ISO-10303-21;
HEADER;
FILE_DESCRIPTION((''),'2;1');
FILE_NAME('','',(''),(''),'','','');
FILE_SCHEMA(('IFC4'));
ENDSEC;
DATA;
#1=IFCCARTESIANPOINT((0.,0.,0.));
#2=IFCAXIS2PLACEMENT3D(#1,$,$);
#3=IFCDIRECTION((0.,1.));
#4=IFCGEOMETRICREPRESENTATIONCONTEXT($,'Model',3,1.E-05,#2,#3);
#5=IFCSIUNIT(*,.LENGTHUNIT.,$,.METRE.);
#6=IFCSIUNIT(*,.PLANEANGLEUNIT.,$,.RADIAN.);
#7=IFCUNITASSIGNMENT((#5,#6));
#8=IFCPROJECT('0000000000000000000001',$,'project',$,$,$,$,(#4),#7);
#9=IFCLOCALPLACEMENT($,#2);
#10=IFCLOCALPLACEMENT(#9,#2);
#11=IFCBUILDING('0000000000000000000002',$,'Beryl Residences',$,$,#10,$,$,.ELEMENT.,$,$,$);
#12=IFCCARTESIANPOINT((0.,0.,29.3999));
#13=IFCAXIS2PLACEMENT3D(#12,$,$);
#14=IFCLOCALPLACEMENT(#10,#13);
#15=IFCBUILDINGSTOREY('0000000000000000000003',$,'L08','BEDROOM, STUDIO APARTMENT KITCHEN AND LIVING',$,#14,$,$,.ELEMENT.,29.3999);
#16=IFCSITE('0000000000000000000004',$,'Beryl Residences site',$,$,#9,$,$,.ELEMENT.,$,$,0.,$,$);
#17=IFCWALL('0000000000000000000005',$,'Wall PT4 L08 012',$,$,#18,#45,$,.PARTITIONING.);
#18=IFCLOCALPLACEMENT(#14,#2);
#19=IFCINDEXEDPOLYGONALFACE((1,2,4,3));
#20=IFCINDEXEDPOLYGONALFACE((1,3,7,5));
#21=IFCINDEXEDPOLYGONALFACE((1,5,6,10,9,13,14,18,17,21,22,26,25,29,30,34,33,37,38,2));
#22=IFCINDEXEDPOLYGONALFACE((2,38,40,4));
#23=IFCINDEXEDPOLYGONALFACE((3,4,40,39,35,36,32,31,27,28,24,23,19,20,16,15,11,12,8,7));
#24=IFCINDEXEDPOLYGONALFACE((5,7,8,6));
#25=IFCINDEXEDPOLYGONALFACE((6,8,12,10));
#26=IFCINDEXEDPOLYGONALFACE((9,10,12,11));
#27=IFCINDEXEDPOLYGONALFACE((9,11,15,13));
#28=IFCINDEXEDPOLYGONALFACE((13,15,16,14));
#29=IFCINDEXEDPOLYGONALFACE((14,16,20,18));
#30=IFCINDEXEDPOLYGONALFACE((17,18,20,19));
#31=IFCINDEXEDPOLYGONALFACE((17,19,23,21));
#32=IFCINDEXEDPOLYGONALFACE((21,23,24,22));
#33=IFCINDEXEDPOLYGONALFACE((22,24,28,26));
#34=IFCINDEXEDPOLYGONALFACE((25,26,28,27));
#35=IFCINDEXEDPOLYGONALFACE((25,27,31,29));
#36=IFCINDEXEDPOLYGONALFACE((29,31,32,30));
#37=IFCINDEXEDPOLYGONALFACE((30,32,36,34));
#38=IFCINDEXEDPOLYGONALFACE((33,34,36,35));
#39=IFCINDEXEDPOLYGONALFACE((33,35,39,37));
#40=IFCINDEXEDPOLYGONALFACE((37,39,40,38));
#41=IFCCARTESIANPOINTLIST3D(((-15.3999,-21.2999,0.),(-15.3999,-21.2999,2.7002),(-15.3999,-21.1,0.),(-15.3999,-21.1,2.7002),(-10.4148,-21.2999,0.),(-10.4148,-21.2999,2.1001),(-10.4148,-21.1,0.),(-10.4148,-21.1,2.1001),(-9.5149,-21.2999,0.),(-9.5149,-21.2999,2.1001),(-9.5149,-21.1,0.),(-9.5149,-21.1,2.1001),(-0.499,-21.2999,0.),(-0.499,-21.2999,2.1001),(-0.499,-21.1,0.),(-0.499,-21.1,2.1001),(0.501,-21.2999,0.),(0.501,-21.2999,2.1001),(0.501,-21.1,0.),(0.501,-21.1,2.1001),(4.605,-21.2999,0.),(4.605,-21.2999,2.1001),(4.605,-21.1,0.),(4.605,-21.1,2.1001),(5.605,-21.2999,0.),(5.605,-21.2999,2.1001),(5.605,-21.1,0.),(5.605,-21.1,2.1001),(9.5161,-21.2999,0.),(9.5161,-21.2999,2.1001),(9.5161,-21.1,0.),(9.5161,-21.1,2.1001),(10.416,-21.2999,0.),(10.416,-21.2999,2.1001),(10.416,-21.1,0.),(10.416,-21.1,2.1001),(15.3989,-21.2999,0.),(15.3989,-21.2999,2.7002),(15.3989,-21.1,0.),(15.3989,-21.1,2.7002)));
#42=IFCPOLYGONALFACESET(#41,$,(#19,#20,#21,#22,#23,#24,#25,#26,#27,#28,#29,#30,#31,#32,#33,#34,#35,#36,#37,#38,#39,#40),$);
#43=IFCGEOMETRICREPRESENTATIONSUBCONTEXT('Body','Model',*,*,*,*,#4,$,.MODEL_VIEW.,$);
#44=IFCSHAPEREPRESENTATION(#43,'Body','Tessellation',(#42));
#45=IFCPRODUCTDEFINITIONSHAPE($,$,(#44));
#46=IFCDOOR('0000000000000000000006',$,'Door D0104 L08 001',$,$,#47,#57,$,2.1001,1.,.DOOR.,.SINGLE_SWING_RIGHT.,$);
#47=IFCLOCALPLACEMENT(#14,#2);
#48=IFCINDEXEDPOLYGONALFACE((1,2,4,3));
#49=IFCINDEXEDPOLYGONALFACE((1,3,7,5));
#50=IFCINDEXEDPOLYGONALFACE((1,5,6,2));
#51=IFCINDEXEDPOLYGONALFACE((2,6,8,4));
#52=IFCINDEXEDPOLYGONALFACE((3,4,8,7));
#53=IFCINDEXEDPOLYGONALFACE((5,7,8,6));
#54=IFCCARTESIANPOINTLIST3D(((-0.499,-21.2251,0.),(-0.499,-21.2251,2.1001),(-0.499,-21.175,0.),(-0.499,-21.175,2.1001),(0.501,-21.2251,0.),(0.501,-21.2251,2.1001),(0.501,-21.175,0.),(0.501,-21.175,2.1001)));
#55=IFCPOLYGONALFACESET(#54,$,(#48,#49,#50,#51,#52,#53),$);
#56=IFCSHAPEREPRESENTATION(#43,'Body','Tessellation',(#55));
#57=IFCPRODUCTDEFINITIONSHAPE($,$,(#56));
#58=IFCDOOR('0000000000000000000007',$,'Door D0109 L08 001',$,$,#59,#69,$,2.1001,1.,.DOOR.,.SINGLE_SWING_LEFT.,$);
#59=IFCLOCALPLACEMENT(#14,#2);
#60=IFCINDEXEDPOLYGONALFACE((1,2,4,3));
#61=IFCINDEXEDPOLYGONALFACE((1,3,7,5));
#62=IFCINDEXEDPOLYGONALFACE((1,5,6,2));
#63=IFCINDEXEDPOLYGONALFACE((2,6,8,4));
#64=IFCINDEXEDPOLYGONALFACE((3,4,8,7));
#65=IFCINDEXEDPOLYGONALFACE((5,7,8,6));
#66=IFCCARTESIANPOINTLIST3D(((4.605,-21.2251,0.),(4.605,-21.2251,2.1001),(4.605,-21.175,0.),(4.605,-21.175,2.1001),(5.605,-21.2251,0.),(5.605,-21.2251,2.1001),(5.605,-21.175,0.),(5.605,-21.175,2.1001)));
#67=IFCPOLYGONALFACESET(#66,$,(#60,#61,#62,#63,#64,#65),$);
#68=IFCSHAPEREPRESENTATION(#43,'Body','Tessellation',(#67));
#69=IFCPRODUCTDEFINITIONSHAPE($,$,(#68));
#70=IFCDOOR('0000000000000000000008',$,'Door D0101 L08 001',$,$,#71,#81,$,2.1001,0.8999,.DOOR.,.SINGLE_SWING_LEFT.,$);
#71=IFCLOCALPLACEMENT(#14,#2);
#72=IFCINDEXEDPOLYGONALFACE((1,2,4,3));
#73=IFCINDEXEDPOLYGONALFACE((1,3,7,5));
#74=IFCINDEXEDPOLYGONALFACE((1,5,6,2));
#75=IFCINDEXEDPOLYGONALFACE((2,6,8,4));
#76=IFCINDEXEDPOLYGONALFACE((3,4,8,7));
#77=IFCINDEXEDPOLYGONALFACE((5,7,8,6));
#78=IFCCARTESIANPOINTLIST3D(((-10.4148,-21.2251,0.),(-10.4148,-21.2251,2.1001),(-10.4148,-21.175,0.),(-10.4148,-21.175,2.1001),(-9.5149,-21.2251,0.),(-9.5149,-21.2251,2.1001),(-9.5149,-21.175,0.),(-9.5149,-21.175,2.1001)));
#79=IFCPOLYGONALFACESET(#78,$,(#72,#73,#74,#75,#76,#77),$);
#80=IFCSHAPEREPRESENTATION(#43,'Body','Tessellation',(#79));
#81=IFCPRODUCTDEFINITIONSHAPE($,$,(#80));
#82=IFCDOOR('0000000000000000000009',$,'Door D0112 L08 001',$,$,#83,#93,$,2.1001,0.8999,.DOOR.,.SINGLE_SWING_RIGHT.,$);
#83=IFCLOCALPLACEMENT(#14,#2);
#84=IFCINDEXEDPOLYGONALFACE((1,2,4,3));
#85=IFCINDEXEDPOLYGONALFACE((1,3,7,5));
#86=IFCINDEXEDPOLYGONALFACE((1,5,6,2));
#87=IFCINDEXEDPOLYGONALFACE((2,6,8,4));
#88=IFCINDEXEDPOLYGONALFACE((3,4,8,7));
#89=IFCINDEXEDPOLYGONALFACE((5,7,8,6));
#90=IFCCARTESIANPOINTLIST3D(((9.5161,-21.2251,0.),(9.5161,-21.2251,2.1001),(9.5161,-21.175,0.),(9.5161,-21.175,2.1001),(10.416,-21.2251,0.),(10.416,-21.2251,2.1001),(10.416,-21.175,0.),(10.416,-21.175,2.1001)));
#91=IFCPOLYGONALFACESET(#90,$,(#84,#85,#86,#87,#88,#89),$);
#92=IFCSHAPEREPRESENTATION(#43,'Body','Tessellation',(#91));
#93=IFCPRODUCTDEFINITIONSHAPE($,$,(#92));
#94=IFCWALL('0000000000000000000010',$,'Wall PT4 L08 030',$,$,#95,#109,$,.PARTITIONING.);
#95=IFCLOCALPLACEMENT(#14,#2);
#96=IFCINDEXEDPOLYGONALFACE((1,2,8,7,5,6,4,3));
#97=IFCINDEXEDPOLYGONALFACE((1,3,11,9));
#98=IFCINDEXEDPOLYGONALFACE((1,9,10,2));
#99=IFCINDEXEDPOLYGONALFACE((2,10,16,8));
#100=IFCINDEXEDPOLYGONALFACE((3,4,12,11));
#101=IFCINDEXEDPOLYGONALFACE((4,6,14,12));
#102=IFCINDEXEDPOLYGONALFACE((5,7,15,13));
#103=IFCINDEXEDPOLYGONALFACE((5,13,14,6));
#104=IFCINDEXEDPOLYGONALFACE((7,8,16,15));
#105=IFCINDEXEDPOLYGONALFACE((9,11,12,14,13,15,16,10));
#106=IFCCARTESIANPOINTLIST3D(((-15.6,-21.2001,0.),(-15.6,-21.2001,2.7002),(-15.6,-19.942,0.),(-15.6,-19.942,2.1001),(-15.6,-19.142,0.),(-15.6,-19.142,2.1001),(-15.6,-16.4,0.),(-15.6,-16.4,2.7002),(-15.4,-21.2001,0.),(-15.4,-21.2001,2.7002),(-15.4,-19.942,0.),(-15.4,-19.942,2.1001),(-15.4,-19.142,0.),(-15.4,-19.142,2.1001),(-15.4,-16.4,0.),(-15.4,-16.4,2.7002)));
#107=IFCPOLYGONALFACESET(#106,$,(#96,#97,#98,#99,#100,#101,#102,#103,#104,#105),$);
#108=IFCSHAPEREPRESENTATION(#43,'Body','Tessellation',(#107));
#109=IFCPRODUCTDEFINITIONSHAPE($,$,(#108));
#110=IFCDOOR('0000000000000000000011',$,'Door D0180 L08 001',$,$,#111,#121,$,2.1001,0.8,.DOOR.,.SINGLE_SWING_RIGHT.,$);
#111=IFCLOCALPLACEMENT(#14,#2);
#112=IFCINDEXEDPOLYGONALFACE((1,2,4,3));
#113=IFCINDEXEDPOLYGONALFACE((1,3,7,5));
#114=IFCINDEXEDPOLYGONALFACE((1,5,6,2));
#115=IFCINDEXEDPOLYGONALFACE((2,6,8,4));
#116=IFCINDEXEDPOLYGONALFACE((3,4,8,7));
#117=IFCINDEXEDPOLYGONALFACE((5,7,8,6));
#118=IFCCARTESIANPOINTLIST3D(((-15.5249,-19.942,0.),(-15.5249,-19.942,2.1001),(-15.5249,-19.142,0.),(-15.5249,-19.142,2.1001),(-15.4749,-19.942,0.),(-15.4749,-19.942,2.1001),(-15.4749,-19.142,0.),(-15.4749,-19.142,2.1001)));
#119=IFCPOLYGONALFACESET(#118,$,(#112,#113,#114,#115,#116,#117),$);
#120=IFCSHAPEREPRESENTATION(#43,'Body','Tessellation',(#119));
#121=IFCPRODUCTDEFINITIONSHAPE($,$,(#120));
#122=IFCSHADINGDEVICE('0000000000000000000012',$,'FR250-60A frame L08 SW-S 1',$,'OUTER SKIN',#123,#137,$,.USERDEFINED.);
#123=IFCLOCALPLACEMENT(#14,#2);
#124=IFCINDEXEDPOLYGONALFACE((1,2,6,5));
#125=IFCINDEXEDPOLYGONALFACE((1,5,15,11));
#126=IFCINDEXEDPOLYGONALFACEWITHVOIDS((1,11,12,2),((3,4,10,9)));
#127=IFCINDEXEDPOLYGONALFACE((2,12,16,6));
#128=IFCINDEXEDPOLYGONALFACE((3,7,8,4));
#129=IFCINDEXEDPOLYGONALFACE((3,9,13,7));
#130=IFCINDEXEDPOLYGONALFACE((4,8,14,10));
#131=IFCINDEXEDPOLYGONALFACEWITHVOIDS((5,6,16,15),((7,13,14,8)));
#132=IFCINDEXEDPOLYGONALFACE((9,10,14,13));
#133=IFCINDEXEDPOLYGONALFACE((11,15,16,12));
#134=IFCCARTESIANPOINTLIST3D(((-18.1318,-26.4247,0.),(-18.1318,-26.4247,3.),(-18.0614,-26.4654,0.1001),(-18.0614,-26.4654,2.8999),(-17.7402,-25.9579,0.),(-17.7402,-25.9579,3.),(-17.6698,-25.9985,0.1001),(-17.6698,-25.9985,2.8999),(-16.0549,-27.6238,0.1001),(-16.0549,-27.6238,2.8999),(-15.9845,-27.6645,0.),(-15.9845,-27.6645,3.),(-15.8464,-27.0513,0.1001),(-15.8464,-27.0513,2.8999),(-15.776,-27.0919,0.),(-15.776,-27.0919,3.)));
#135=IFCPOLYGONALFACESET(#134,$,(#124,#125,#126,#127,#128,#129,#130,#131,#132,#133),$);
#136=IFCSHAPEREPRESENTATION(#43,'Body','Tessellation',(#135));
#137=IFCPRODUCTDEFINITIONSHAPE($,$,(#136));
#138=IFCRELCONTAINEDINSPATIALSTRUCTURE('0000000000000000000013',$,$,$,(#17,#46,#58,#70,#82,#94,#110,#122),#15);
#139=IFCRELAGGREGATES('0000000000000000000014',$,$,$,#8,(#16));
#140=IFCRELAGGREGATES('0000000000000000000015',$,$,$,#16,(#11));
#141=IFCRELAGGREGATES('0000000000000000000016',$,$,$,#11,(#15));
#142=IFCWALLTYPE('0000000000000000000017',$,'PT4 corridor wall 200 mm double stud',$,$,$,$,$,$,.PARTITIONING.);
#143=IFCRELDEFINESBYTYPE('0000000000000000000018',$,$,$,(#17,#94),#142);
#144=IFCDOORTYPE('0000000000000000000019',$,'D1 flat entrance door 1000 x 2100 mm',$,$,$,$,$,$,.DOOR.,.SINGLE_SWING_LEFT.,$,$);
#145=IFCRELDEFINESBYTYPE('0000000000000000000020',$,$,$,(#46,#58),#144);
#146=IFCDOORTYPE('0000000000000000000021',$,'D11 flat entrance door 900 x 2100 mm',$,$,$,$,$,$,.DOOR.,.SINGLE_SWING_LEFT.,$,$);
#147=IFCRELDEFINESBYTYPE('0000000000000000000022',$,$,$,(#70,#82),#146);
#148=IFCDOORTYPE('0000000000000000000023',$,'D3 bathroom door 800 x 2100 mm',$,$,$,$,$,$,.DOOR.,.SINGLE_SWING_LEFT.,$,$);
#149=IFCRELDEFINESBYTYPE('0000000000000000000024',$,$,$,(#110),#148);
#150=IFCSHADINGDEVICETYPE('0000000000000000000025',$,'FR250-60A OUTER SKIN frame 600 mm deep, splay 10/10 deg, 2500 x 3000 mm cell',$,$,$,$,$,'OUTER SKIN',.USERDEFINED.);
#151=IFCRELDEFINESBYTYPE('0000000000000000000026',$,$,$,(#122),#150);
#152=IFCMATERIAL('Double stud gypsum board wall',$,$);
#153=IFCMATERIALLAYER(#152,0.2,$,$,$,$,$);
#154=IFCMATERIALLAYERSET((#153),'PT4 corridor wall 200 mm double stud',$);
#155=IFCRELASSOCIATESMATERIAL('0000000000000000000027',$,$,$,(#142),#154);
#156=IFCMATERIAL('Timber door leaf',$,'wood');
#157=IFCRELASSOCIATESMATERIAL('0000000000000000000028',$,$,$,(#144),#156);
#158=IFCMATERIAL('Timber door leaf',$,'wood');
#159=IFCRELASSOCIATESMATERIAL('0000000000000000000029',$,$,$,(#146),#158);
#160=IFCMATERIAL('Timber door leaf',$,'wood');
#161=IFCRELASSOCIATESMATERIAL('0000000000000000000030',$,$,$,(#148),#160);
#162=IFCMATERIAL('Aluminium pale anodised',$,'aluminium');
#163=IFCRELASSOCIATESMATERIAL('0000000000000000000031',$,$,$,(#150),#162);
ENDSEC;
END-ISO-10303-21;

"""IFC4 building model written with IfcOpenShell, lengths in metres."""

from ifc_helpers import new_model, entity, si_unit, direction, frame, frame_2d, origin, place, context, subcontext, project, spatial, rectangle, extrude, source, transform, mapped, material, layer, layer_set, type_object, type_shapes, element, fill, save


model = new_model("IFC4")

# Units and contexts
model_context = context("Model", 3, precision=1e-05, world=origin(), true_north=direction((0.0, 1.0)))
body_context = subcontext(model_context, "Body", "Model", "MODEL_VIEW")
ifc_project = project(units=[si_unit("LENGTHUNIT", "METRE"), si_unit("PLANEANGLEUNIT", "RADIAN")], contexts=[model_context])

# Site, building, storey
site_placement = place(None, origin())
site = spatial("IfcSite", under=ifc_project, at=site_placement, Name="Beryl Residences site", CompositionType="ELEMENT", RefElevation=0.0)
building_placement = place(site_placement, origin())
building = spatial("IfcBuilding", under=site, at=building_placement, Name="Beryl Residences", CompositionType="ELEMENT")
storey_placement = place(building_placement, frame((0.0, 0.0, 29.3999)))
storey = spatial("IfcBuildingStorey", under=building, at=storey_placement, Name="L08", Description="BEDROOM, STUDIO APARTMENT KITCHEN AND LIVING", CompositionType="ELEMENT", Elevation=29.3999)

# Wall, openings, doors
ifc_material_1 = material(Name="Double stud gypsum board wall")
ifc_layer_1 = layer(ifc_material_1, 0.2)
ifc_layer_set_1 = layer_set([ifc_layer_1], Name="PT4 corridor wall 200 mm double stud")
wall_type_1 = type_object("IfcWallType", Name="PT4 corridor wall 200 mm double stud", PredefinedType="PARTITIONING", material=ifc_layer_set_1)
wall_1_placement = place(storey_placement, frame((-15.3999, -21.2, 0.0), z_axis=(0.0, 0.0, 1.0), x_axis=(1.0, 0.0, 0.0)))
wall_1 = element("IfcWall", 1, at=wall_1_placement, inside=storey, type_object=wall_type_1, Name="Wall PT4 L08 012", PredefinedType="PARTITIONING", context=body_context, shape_type="SweptSolid", body=[
    extrude(rectangle(XDim=30.7988, YDim=0.2, at=frame_2d((15.3994, 0.0))), origin(), (0.0, 0.0, 1.0), 2.7002),
])
opening_1_placement = place(wall_1_placement, frame((4.9851, 0.0, 0.0)))
opening_1 = element("IfcOpeningElement", 2, at=opening_1_placement, cuts=wall_1, PredefinedType="OPENING", context=body_context, shape_type="SweptSolid", body=[
    extrude(rectangle(XDim=0.8999, YDim=2.1001, at=frame_2d((0.45, 1.05))), frame((0.0, 0.1099, 0.0), z_axis=(0.0, -1.0, 0.0), x_axis=(1.0, 0.0, 0.0)), (0.0, 0.0, 1.0), 0.22),
])
opening_2_placement = place(wall_1_placement, frame((14.9009, 0.0, 0.0)))
opening_2 = element("IfcOpeningElement", 3, at=opening_2_placement, cuts=wall_1, PredefinedType="OPENING", context=body_context, shape_type="SweptSolid", body=[
    extrude(rectangle(XDim=1.0, YDim=2.1001, at=frame_2d((0.5, 1.05))), frame((0.0, 0.1099, 0.0), z_axis=(0.0, -1.0, 0.0), x_axis=(1.0, 0.0, 0.0)), (0.0, 0.0, 1.0), 0.22),
])
opening_3_placement = place(wall_1_placement, frame((20.0049, 0.0, 0.0)))
opening_3 = element("IfcOpeningElement", 4, at=opening_3_placement, cuts=wall_1, PredefinedType="OPENING", context=body_context, shape_type="SweptSolid", body=[
    extrude(rectangle(XDim=1.0, YDim=2.1001, at=frame_2d((0.5, 1.05))), frame((0.0, 0.1099, 0.0), z_axis=(0.0, -1.0, 0.0), x_axis=(1.0, 0.0, 0.0)), (0.0, 0.0, 1.0), 0.22),
])
opening_4_placement = place(wall_1_placement, frame((24.916, 0.0, 0.0)))
opening_4 = element("IfcOpeningElement", 5, at=opening_4_placement, cuts=wall_1, PredefinedType="OPENING", context=body_context, shape_type="SweptSolid", body=[
    extrude(rectangle(XDim=0.8999, YDim=2.1001, at=frame_2d((0.45, 1.05))), frame((0.0, 0.1099, 0.0), z_axis=(0.0, -1.0, 0.0), x_axis=(1.0, 0.0, 0.0)), (0.0, 0.0, 1.0), 0.22),
])
ifc_material_2 = material(Name="Timber door leaf", Category="wood")
door_type_1 = type_object("IfcDoorType", Name="D1 flat entrance door 1000 x 2100 mm", OperationType="SINGLE_SWING_LEFT", PredefinedType="DOOR", material=ifc_material_2)
door_1_placement = place(opening_2_placement, origin())
door_1 = element("IfcDoor", 6, at=door_1_placement, inside=storey, type_object=door_type_1, Name="Door D0104 L08 001", OperationType="SINGLE_SWING_RIGHT", OverallHeight=2.1001, OverallWidth=1.0, PredefinedType="DOOR", context=body_context, shape_type="SweptSolid", body=[
    extrude(rectangle(XDim=1.0, YDim=2.1001, at=frame_2d((0.5, 1.05))), frame((0.0, 0.0249, 0.0), z_axis=(0.0, -1.0, 0.0), x_axis=(1.0, 0.0, 0.0)), (0.0, 0.0, 1.0), 0.05),
])
fill(opening_2, door_1)
door_2_placement = place(opening_3_placement, origin())
door_2 = element("IfcDoor", 7, at=door_2_placement, inside=storey, type_object=door_type_1, Name="Door D0109 L08 001", OperationType="SINGLE_SWING_LEFT", OverallHeight=2.1001, OverallWidth=1.0, PredefinedType="DOOR", context=body_context, shape_type="SweptSolid", body=[
    extrude(rectangle(XDim=1.0, YDim=2.1001, at=frame_2d((0.5, 1.05))), frame((0.0, 0.0249, 0.0), z_axis=(0.0, -1.0, 0.0), x_axis=(1.0, 0.0, 0.0)), (0.0, 0.0, 1.0), 0.05),
])
fill(opening_3, door_2)
ifc_material_3 = material(Name="Timber door leaf", Category="wood")
door_type_2 = type_object("IfcDoorType", Name="D11 flat entrance door 900 x 2100 mm", OperationType="SINGLE_SWING_LEFT", PredefinedType="DOOR", material=ifc_material_3)
door_3_placement = place(opening_1_placement, origin())
door_3 = element("IfcDoor", 8, at=door_3_placement, inside=storey, type_object=door_type_2, Name="Door D0101 L08 001", OperationType="SINGLE_SWING_LEFT", OverallHeight=2.1001, OverallWidth=0.8999, PredefinedType="DOOR", context=body_context, shape_type="SweptSolid", body=[
    extrude(rectangle(XDim=0.8999, YDim=2.1001, at=frame_2d((0.45, 1.05))), frame((0.0, 0.0249, 0.0), z_axis=(0.0, -1.0, 0.0), x_axis=(1.0, 0.0, 0.0)), (0.0, 0.0, 1.0), 0.05),
])
fill(opening_1, door_3)
door_4_placement = place(opening_4_placement, origin())
door_4 = element("IfcDoor", 9, at=door_4_placement, inside=storey, type_object=door_type_2, Name="Door D0112 L08 001", OperationType="SINGLE_SWING_RIGHT", OverallHeight=2.1001, OverallWidth=0.8999, PredefinedType="DOOR", context=body_context, shape_type="SweptSolid", body=[
    extrude(rectangle(XDim=0.8999, YDim=2.1001, at=frame_2d((0.45, 1.05))), frame((0.0, 0.0249, 0.0), z_axis=(0.0, -1.0, 0.0), x_axis=(1.0, 0.0, 0.0)), (0.0, 0.0, 1.0), 0.05),
])
fill(opening_4, door_4)

# Wall, opening, door
wall_2_placement = place(storey_placement, frame((-15.5, -21.2, 0.0), z_axis=(0.0, 0.0, 1.0), x_axis=(0.0, 1.0, 0.0)))
wall_2 = element("IfcWall", 10, at=wall_2_placement, inside=storey, type_object=wall_type_1, Name="Wall PT4 L08 030", PredefinedType="PARTITIONING", context=body_context, shape_type="SweptSolid", body=[
    extrude(rectangle(XDim=4.8, YDim=0.2, at=frame_2d((2.3999, 0.0))), origin(), (0.0, 0.0, 1.0), 2.7002),
])
opening_5_placement = place(wall_2_placement, frame((1.2581, 0.0, 0.0)))
opening_5 = element("IfcOpeningElement", 11, at=opening_5_placement, cuts=wall_2, PredefinedType="OPENING", context=body_context, shape_type="SweptSolid", body=[
    extrude(rectangle(XDim=0.8, YDim=2.1001, at=frame_2d((0.3999, 1.05))), frame((0.0, 0.1099, 0.0), z_axis=(0.0, -1.0, 0.0), x_axis=(1.0, 0.0, 0.0)), (0.0, 0.0, 1.0), 0.22),
])
ifc_material_4 = material(Name="Timber door leaf", Category="wood")
door_type_3 = type_object("IfcDoorType", Name="D3 bathroom door 800 x 2100 mm", OperationType="SINGLE_SWING_LEFT", PredefinedType="DOOR", material=ifc_material_4)
door_5_placement = place(opening_5_placement, origin())
door_5 = element("IfcDoor", 12, at=door_5_placement, inside=storey, type_object=door_type_3, Name="Door D0180 L08 001", OperationType="SINGLE_SWING_RIGHT", OverallHeight=2.1001, OverallWidth=0.8, PredefinedType="DOOR", context=body_context, shape_type="SweptSolid", body=[
    extrude(rectangle(XDim=0.8, YDim=2.1001, at=frame_2d((0.3999, 1.05))), frame((0.0, 0.0249, 0.0), z_axis=(0.0, -1.0, 0.0), x_axis=(1.0, 0.0, 0.0)), (0.0, 0.0, 1.0), 0.05),
])
fill(opening_5, door_5)

# Shading device
ifc_material_5 = material(Name="Aluminium pale anodised", Category="aluminium")
shading_device_type_1 = type_object("IfcShadingDeviceType", Name="FR250-60A OUTER SKIN frame 600 mm deep, splay 10/10 deg, 2500 x 3000 mm cell", ElementType="OUTER SKIN", PredefinedType="USERDEFINED", material=ifc_material_5)
cartesian_point_1 = entity("IfcCartesianPoint", [-1.134, 0.0])
cartesian_point_2 = entity("IfcCartesianPoint", [-1.0527, 0.1001])
cartesian_point_3 = entity("IfcCartesianPoint", [-1.2397, 0.0])
cartesian_point_4 = entity("IfcCartesianPoint", [-1.1584, 0.1001])
shared_shape_1 = source(origin(), body_context, "Body", "SweptSolid", [
    entity("IfcExtrudedAreaSolidTapered", entity("IfcArbitraryProfileDefWithVoids", "AREA", None, entity("IfcPolyline", [cartesian_point_1, entity("IfcCartesianPoint", [1.134, 0.0]), entity("IfcCartesianPoint", [1.134, 3.0]), entity("IfcCartesianPoint", [-1.134, 3.0]), cartesian_point_1]), [entity("IfcPolyline", [cartesian_point_2, entity("IfcCartesianPoint", [1.0527, 0.1001]), entity("IfcCartesianPoint", [1.0527, 2.8999]), entity("IfcCartesianPoint", [-1.0527, 2.8999]), cartesian_point_2])]), entity("IfcAxis2Placement3D", entity("IfcCartesianPoint", [0.0, 0.0, 0.0]), entity("IfcDirection", [0.0, 1.0, 0.0]), entity("IfcDirection", [-1.0, 0.0, 0.0])), entity("IfcDirection", [0.0, 0.0, 1.0]), 0.6001, entity("IfcArbitraryProfileDefWithVoids", "AREA", None, entity("IfcPolyline", [cartesian_point_3, entity("IfcCartesianPoint", [1.2397, 0.0]), entity("IfcCartesianPoint", [1.2397, 3.0]), entity("IfcCartesianPoint", [-1.2397, 3.0]), cartesian_point_3]), [entity("IfcPolyline", [cartesian_point_4, entity("IfcCartesianPoint", [1.1584, 0.1001]), entity("IfcCartesianPoint", [1.1584, 2.8999]), entity("IfcCartesianPoint", [-1.1584, 2.8999]), cartesian_point_4])])),
])
type_shapes(shading_device_type_1, [shared_shape_1])
shading_device_placement = place(storey_placement, frame((-16.7581, -26.5249, 0.0), z_axis=(0.0, 0.0, 1.0), x_axis=(-0.866025, 0.5, 0.0)))
element("IfcShadingDevice", 13, at=shading_device_placement, inside=storey, type_object=shading_device_type_1, Name="FR250-60A frame L08 SW-S 1", ObjectType="OUTER SKIN", PredefinedType="USERDEFINED", context=body_context, shape_type="MappedRepresentation", body=[
    mapped(shared_shape_1, transform((0.0, 0.0, 0.0))),
])

save(model, "model.ifc")
